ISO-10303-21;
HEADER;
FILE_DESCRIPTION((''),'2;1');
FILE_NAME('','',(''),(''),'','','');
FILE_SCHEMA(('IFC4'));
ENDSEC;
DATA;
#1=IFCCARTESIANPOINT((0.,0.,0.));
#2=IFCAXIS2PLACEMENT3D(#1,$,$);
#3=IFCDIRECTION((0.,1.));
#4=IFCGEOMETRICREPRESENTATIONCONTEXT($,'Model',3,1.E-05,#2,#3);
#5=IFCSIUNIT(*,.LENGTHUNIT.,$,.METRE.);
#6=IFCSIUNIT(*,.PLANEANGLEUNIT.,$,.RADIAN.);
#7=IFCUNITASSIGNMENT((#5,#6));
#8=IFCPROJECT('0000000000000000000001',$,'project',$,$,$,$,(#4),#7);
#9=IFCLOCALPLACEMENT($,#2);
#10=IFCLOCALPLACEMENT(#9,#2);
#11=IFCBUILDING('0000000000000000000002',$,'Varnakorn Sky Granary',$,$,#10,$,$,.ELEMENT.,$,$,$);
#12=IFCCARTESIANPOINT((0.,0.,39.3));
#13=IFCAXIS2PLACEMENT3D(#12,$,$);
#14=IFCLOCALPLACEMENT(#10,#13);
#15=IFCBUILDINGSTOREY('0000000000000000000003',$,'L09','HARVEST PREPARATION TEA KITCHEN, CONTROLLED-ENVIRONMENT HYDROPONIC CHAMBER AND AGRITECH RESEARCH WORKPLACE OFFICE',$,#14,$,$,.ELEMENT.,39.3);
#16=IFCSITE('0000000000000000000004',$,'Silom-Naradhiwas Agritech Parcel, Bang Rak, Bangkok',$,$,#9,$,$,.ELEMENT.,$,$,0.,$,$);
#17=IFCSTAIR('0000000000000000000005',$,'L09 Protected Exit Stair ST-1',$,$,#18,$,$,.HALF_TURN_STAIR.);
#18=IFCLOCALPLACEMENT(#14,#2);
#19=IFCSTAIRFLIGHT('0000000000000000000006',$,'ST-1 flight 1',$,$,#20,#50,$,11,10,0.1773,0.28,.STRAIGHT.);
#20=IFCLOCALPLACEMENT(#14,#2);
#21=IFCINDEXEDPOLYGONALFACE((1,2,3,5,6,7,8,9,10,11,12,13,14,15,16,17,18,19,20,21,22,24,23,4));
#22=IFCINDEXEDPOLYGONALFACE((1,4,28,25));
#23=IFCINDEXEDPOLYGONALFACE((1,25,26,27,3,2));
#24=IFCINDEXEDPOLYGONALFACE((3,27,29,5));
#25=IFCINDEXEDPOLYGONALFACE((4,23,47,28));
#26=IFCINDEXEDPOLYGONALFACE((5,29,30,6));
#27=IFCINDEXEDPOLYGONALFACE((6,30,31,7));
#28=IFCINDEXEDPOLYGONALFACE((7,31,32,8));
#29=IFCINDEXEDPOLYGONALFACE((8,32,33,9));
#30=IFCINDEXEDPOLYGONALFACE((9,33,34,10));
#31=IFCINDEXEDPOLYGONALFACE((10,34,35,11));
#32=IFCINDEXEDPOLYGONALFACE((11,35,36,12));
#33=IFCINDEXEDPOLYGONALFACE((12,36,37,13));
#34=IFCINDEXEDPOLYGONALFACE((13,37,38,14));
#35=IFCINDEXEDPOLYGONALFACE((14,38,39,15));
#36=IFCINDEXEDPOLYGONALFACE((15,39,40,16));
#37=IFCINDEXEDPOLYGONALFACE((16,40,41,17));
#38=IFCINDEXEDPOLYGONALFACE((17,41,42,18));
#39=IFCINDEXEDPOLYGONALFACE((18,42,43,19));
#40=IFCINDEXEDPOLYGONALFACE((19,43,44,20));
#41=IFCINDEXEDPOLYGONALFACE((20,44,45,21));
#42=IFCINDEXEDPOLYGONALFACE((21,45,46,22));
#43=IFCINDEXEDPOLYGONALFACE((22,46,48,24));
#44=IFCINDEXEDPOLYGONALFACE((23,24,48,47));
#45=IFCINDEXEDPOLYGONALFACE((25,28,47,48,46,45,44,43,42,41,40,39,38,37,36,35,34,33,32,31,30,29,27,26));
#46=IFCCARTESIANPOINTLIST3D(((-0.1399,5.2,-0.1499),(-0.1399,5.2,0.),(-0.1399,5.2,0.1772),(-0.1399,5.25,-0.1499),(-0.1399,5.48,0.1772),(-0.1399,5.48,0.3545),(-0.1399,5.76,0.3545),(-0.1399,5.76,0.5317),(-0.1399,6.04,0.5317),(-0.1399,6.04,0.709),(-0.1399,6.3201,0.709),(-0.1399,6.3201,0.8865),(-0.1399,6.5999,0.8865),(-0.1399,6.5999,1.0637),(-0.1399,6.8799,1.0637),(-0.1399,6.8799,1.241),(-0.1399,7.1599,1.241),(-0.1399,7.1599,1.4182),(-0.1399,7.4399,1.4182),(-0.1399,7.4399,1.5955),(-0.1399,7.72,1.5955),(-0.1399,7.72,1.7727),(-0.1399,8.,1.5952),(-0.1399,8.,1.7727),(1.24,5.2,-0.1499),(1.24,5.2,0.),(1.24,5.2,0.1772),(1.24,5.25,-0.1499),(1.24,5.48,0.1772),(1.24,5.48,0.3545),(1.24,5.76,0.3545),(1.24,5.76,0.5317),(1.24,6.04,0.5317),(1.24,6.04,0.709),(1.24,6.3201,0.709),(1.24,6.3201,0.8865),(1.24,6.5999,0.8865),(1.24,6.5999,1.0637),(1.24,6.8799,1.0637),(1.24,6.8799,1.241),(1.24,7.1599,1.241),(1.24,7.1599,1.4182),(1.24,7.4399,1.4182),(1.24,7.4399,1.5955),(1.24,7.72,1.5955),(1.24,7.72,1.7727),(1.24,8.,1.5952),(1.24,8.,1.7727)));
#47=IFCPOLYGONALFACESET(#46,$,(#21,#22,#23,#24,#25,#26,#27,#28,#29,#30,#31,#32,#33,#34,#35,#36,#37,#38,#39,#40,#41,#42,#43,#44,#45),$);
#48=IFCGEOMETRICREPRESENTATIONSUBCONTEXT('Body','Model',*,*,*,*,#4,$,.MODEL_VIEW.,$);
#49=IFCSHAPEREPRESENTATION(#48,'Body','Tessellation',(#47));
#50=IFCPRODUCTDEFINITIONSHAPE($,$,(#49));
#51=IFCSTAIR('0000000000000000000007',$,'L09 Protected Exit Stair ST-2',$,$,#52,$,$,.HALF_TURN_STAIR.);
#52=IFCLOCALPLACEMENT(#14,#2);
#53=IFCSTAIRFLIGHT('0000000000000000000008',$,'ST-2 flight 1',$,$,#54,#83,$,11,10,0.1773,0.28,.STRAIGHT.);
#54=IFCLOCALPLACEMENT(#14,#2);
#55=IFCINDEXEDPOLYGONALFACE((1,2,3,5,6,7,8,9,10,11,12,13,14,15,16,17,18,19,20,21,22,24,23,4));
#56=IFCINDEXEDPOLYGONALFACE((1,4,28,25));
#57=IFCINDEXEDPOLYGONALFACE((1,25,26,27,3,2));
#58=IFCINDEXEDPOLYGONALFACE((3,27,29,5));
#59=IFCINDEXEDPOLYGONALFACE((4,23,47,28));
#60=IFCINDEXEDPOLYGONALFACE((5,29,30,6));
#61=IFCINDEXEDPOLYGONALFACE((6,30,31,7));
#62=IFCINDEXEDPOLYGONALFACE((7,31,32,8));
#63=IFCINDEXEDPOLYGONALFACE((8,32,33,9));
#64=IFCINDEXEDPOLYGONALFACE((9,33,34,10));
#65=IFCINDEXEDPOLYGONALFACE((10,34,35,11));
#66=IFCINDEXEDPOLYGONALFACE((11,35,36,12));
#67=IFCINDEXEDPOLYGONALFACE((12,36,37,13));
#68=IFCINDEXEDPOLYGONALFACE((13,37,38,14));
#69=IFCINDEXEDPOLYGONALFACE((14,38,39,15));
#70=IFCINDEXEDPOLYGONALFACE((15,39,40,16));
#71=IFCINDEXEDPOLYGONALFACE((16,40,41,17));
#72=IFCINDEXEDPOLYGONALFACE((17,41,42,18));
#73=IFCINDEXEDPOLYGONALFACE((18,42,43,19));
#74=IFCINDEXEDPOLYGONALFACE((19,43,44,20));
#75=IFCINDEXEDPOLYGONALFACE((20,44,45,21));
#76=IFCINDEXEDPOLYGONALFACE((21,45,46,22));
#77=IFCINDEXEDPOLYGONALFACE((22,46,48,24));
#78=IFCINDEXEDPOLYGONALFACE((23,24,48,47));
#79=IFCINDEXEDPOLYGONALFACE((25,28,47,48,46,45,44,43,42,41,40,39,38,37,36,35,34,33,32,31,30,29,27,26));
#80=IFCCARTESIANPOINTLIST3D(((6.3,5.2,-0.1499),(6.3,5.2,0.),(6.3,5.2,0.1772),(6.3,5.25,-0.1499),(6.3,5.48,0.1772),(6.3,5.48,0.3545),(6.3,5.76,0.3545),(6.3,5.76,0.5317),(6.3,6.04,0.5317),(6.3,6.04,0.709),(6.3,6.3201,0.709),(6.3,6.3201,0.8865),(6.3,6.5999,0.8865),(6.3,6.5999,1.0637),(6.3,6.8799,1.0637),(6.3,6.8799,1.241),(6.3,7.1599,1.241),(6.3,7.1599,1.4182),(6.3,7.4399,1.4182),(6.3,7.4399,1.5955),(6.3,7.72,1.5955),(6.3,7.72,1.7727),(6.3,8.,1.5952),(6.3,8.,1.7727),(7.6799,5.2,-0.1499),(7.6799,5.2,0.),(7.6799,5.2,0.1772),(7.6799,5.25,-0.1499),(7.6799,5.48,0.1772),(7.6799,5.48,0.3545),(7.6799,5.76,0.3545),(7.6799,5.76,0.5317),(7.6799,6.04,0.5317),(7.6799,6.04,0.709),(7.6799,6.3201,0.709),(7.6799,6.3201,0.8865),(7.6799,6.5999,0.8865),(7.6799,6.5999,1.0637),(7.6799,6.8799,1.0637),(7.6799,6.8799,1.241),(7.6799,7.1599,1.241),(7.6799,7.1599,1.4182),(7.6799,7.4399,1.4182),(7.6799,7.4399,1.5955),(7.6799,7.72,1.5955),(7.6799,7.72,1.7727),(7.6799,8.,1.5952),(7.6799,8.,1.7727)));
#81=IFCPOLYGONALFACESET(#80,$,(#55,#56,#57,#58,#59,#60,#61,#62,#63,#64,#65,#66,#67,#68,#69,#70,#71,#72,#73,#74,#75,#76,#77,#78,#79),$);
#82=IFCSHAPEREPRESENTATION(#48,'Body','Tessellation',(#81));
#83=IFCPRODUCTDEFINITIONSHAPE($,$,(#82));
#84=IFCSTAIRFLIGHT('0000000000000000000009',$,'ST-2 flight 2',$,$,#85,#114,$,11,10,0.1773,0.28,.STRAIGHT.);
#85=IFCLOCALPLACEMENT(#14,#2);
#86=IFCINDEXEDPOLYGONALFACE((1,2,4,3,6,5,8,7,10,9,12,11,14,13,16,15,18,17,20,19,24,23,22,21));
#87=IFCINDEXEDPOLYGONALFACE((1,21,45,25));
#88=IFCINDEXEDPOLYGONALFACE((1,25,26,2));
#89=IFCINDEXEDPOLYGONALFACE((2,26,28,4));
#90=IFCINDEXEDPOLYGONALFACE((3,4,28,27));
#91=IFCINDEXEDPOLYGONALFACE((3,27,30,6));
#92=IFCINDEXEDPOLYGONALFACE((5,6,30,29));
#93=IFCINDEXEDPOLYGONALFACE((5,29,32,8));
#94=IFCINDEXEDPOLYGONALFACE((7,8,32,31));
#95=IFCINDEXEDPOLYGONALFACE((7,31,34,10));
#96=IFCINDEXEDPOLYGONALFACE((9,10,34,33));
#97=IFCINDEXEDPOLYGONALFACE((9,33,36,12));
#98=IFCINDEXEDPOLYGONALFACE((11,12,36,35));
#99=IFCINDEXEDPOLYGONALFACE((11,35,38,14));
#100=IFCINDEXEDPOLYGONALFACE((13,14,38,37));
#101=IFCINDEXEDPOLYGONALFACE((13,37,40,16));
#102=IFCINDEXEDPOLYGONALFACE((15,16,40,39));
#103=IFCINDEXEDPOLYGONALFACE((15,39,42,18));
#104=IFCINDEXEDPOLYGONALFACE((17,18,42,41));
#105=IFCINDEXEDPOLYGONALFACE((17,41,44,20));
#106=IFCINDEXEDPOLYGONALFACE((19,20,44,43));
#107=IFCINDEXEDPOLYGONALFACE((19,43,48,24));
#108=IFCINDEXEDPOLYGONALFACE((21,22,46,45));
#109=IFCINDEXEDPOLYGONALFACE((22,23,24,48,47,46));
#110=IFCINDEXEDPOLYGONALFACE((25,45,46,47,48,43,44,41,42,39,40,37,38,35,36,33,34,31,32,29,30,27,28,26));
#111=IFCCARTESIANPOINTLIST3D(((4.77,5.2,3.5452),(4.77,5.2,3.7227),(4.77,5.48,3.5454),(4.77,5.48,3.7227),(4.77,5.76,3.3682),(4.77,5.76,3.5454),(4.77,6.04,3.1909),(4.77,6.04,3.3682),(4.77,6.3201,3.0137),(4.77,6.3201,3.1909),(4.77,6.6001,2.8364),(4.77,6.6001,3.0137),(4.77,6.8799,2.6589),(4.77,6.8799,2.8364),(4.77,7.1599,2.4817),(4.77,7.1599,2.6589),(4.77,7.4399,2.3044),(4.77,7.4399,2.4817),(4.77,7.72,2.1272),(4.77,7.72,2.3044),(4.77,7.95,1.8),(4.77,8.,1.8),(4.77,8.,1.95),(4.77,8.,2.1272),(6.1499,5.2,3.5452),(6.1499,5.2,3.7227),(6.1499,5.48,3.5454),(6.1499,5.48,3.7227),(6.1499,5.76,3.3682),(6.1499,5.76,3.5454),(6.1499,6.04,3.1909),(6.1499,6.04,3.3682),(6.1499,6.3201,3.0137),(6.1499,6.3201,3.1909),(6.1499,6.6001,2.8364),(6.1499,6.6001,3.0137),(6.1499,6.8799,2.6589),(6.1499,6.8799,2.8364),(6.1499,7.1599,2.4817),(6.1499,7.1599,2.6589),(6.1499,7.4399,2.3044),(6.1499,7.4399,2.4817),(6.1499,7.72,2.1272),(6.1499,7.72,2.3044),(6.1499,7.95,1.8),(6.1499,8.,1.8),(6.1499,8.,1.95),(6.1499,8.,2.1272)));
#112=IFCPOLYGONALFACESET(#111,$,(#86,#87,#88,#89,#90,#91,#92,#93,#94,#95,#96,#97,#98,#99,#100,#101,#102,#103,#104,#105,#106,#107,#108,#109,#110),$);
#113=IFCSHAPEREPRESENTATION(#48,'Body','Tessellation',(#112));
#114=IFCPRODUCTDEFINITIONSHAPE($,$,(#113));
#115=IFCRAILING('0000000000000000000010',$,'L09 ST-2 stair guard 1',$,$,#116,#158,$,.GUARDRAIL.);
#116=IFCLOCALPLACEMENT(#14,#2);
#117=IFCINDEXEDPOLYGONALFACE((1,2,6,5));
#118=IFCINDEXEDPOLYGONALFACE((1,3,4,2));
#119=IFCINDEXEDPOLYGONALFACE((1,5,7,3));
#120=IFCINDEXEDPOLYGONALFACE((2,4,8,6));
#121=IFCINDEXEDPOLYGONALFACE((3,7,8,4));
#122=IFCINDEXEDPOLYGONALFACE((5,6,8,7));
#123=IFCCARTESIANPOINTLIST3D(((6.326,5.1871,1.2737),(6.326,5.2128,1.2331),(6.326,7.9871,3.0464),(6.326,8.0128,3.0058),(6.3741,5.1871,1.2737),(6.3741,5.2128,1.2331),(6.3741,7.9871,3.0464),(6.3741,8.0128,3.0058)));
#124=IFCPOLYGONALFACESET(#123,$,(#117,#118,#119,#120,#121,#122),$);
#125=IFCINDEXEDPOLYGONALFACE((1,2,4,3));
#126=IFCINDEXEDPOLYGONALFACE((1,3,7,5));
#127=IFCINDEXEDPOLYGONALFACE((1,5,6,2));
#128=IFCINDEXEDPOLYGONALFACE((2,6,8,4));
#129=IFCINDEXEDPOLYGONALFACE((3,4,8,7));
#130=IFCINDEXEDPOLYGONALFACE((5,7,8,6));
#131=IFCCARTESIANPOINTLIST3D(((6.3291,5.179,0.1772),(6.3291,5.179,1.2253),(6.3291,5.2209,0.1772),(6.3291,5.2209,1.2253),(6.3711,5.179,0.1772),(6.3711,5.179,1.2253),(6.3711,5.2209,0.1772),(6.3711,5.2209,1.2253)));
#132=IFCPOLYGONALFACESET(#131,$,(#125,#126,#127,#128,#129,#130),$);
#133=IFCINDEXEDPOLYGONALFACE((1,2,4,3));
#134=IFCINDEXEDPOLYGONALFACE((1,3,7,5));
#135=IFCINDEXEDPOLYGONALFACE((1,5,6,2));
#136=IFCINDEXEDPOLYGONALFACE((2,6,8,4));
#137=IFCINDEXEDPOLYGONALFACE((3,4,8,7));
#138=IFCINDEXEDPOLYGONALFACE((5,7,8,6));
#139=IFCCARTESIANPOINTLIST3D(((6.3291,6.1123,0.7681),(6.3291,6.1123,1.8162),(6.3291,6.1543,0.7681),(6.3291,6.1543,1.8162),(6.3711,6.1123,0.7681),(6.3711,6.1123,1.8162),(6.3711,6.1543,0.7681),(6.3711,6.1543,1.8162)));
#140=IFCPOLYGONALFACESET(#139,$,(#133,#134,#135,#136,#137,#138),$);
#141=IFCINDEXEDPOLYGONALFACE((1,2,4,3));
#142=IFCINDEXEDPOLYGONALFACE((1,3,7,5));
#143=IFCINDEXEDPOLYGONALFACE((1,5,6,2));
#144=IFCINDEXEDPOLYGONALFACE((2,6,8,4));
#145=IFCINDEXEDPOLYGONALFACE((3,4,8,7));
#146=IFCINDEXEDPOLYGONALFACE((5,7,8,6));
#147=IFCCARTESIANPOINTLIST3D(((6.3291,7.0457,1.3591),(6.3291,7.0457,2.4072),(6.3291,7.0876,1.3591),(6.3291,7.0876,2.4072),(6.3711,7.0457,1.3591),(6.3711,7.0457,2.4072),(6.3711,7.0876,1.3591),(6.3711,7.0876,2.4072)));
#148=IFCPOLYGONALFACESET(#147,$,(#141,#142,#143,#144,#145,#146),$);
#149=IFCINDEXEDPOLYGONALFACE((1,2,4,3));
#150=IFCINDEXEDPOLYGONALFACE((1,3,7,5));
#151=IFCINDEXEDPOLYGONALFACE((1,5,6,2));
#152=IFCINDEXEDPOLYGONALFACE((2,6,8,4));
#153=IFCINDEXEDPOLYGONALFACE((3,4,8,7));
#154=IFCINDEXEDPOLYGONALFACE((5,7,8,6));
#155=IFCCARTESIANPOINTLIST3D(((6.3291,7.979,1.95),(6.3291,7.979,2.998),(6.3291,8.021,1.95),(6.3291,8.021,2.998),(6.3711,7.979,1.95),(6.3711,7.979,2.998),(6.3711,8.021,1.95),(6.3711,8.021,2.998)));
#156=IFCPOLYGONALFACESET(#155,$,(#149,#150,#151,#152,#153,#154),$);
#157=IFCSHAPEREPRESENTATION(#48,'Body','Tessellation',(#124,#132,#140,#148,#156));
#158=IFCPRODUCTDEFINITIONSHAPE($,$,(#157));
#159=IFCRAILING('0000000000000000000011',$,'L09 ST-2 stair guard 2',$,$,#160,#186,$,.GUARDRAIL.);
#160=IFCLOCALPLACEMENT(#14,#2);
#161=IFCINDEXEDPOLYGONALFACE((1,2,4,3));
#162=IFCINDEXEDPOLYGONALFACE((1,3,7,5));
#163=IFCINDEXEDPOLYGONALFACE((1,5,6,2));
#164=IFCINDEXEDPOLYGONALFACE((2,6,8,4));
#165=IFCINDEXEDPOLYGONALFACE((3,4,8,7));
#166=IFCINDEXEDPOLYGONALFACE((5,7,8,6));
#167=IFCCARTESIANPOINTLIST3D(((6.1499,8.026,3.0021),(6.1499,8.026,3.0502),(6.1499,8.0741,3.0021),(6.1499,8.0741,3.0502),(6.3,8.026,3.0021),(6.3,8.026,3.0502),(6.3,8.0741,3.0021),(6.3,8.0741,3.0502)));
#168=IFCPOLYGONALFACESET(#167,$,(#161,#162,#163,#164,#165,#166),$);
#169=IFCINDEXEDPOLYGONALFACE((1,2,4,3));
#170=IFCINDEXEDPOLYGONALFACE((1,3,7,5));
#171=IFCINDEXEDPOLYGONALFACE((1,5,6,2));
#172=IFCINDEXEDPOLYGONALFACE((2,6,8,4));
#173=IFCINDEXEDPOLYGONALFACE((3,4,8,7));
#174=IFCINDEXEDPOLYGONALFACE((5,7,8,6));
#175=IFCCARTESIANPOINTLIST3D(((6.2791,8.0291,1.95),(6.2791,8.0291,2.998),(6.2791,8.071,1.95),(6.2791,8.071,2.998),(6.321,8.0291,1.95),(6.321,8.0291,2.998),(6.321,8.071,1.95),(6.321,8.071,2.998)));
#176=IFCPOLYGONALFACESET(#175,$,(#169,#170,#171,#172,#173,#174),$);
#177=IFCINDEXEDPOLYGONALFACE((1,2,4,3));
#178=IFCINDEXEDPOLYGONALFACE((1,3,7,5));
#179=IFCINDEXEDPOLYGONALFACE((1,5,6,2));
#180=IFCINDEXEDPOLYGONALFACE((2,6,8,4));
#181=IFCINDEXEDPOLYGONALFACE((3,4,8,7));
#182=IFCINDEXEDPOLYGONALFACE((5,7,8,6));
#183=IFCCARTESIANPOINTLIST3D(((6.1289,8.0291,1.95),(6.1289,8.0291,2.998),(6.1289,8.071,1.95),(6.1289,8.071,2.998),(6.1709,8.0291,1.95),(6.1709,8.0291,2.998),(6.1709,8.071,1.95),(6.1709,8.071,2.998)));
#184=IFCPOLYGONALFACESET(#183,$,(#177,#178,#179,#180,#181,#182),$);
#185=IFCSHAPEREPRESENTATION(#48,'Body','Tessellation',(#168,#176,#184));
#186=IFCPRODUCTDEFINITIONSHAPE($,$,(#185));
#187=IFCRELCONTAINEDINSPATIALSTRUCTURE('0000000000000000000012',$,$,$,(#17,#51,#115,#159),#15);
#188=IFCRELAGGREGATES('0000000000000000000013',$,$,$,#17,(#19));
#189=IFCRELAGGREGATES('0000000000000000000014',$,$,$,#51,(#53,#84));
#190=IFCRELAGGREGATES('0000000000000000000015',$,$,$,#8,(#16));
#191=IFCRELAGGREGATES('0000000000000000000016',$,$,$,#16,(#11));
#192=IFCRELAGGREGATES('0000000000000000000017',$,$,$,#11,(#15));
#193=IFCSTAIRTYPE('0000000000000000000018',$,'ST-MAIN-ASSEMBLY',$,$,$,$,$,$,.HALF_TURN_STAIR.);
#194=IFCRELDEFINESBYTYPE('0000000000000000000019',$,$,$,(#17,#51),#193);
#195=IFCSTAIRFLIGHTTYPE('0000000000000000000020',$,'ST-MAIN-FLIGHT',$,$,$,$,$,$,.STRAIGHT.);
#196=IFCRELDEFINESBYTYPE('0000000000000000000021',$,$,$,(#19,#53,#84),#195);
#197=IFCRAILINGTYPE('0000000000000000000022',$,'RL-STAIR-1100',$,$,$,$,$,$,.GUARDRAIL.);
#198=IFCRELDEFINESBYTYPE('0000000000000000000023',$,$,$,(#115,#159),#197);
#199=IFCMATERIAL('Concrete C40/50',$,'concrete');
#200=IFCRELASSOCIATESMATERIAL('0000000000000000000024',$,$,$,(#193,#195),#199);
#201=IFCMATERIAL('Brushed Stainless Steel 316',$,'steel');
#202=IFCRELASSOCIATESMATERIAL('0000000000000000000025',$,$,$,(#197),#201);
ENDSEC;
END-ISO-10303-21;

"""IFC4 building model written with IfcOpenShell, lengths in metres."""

from ifc_helpers import new_model, si_unit, direction, frame, origin, origin_2d, place, context, subcontext, project, spatial, polyline, rectangle, outline, extrude, material, type_object, element, aggregate, save


model = new_model("IFC4")

# Units and contexts
model_context = context("Model", 3, precision=1e-05, world=origin(), true_north=direction((0.0, 1.0)))
body_context = subcontext(model_context, "Body", "Model", "MODEL_VIEW")
ifc_project = project(units=[si_unit("LENGTHUNIT", "METRE"), si_unit("PLANEANGLEUNIT", "RADIAN")], contexts=[model_context])

# Site, building, storey
site_placement = place(None, origin())
site = spatial("IfcSite", under=ifc_project, at=site_placement, Name="Silom-Naradhiwas Agritech Parcel, Bang Rak, Bangkok", CompositionType="ELEMENT", RefElevation=0.0)
building_placement = place(site_placement, origin())
building = spatial("IfcBuilding", under=site, at=building_placement, Name="Varnakorn Sky Granary", CompositionType="ELEMENT")
storey_placement = place(building_placement, frame((0.0, 0.0, 39.3)))
storey = spatial("IfcBuildingStorey", under=building, at=storey_placement, Name="L09", Description="HARVEST PREPARATION TEA KITCHEN, CONTROLLED-ENVIRONMENT HYDROPONIC CHAMBER AND AGRITECH RESEARCH WORKPLACE OFFICE", CompositionType="ELEMENT", Elevation=39.3)

# Stair, stair flight
ifc_material_1 = material(Name="Concrete C40/50", Category="concrete")
stair_type = type_object("IfcStairType", Name="ST-MAIN-ASSEMBLY", PredefinedType="HALF_TURN_STAIR", material=ifc_material_1)
stair_1_placement = place(storey_placement, origin())
stair_1 = element("IfcStair", 1, at=stair_1_placement, inside=storey, type_object=stair_type, Name="L09 Protected Exit Stair ST-1", PredefinedType="HALF_TURN_STAIR")
stair_flight_type = type_object("IfcStairFlightType", Name="ST-MAIN-FLIGHT", PredefinedType="STRAIGHT", material=ifc_material_1)
stair_flight_1_placement = place(storey_placement, frame((0.55, 5.2, 0.0), z_axis=(0.0, 0.0, 1.0), x_axis=(0.0, 1.0, 0.0)))
stair_flight_1 = element("IfcStairFlight", 2, at=stair_flight_1_placement, type_object=stair_flight_type, Name="ST-1 flight 1", NumberOfRisers=11, NumberOfTreads=10, PredefinedType="STRAIGHT", RiserHeight=0.1773, TreadLength=0.28, context=body_context, shape_type="SweptSolid", body=[
    extrude(outline(polyline([(0.0, -0.1499), (0.0, 0.0), (0.0, 0.1772), (0.28, 0.1772), (0.28, 0.3545), (0.5601, 0.3545), (0.5601, 0.5317), (0.8401, 0.5317), (0.8401, 0.709), (1.1201, 0.709), (1.1201, 0.8865), (1.3999, 0.8865), (1.3999, 1.0637), (1.6799, 1.0637), (1.6799, 1.241), (1.96, 1.241), (1.96, 1.4182), (2.24, 1.4182), (2.24, 1.5955), (2.52, 1.5955), (2.52, 1.7727), (2.8, 1.7727), (2.8, 1.95), (2.8, 1.5952), (0.05, -0.1499), (0.0, -0.1499)])), frame((0.0, 0.6899, 0.0), z_axis=(0.0, -1.0, 0.0), x_axis=(1.0, 0.0, 0.0)), (0.0, 0.0, 1.0), 1.3799),
])
aggregate(stair_1, [stair_flight_1])

# Stair, stair flights
stair_2_placement = place(storey_placement, origin())
stair_2 = element("IfcStair", 3, at=stair_2_placement, inside=storey, type_object=stair_type, Name="L09 Protected Exit Stair ST-2", PredefinedType="HALF_TURN_STAIR")
stair_flight_2_placement = place(storey_placement, frame((6.99, 5.2, 0.0), z_axis=(0.0, 0.0, 1.0), x_axis=(0.0, 1.0, 0.0)))
stair_flight_2 = element("IfcStairFlight", 4, at=stair_flight_2_placement, type_object=stair_flight_type, Name="ST-2 flight 1", NumberOfRisers=11, NumberOfTreads=10, PredefinedType="STRAIGHT", RiserHeight=0.1773, TreadLength=0.28, context=body_context, shape_type="SweptSolid", body=[
    extrude(outline(polyline([(0.0, -0.1499), (0.0, 0.0), (0.0, 0.1772), (0.28, 0.1772), (0.28, 0.3545), (0.5601, 0.3545), (0.5601, 0.5317), (0.8401, 0.5317), (0.8401, 0.709), (1.1201, 0.709), (1.1201, 0.8865), (1.3999, 0.8865), (1.3999, 1.0637), (1.6799, 1.0637), (1.6799, 1.241), (1.96, 1.241), (1.96, 1.4182), (2.24, 1.4182), (2.24, 1.5955), (2.52, 1.5955), (2.52, 1.7727), (2.8, 1.7727), (2.8, 1.95), (2.8, 1.5952), (0.05, -0.1499), (0.0, -0.1499)])), frame((0.0, 0.6899, 0.0), z_axis=(0.0, -1.0, 0.0), x_axis=(1.0, 0.0, 0.0)), (0.0, 0.0, 1.0), 1.3799),
])
stair_flight_3_placement = place(storey_placement, frame((5.46, 8.0, 1.95), z_axis=(0.0, 0.0, 1.0), x_axis=(0.0, -1.0, 0.0)))
stair_flight_3 = element("IfcStairFlight", 5, at=stair_flight_3_placement, type_object=stair_flight_type, Name="ST-2 flight 2", NumberOfRisers=11, NumberOfTreads=10, PredefinedType="STRAIGHT", RiserHeight=0.1773, TreadLength=0.28, context=body_context, shape_type="SweptSolid", body=[
    extrude(outline(polyline([(0.0, -0.1499), (0.0, 0.0), (0.0, 0.1772), (0.28, 0.1772), (0.28, 0.3545), (0.5601, 0.3545), (0.5601, 0.5317), (0.8401, 0.5317), (0.8401, 0.709), (1.1201, 0.709), (1.1201, 0.8865), (1.3999, 0.8865), (1.3999, 1.0637), (1.6799, 1.0637), (1.6799, 1.241), (1.96, 1.241), (1.96, 1.4182), (2.24, 1.4182), (2.24, 1.5955), (2.52, 1.5955), (2.52, 1.7727), (2.8, 1.7727), (2.8, 1.95), (2.8, 1.5952), (0.05, -0.1499), (0.0, -0.1499)])), frame((0.0, 0.6899, 0.0), z_axis=(0.0, -1.0, 0.0), x_axis=(1.0, 0.0, 0.0)), (0.0, 0.0, 1.0), 1.3799),
])
aggregate(stair_2, [stair_flight_2, stair_flight_3])

# Railings
ifc_material_2 = material(Name="Brushed Stainless Steel 316", Category="steel")
railing_type_1 = type_object("IfcRailingType", Name="RL-STAIR-1100", PredefinedType="GUARDRAIL", material=ifc_material_2)
railing_1_placement = place(storey_placement, frame((6.3501, 5.2, 0.1772)))
element("IfcRailing", 6, at=railing_1_placement, inside=storey, type_object=railing_type_1, Name="L09 ST-2 stair guard 1", PredefinedType="GUARDRAIL", context=body_context, shape_type="SweptSolid", body=[
    extrude(rectangle(XDim=0.0481, YDim=0.0481, at=origin_2d()), frame((0.0, 0.0, 1.0762), z_axis=(0.0, 0.844909, 0.53491), x_axis=(-1.0, 0.0, 0.0)), (0.0, 0.0, 1.0), 3.314),
    extrude(rectangle(XDim=0.042, YDim=0.042, at=origin_2d()), origin(), (0.0, 0.0, 1.0), 1.0481),
    extrude(rectangle(XDim=0.042, YDim=0.042, at=origin_2d()), frame((0.0, 0.9333, 0.5908)), (0.0, 0.0, 1.0), 1.0481),
    extrude(rectangle(XDim=0.042, YDim=0.042, at=origin_2d()), frame((0.0, 1.8667, 1.1819)), (0.0, 0.0, 1.0), 1.0481),
    extrude(rectangle(XDim=0.042, YDim=0.042, at=origin_2d()), frame((0.0, 2.8, 1.7727)), (0.0, 0.0, 1.0), 1.0481),
])
railing_2_placement = place(storey_placement, frame((6.3, 8.05, 1.95)))
element("IfcRailing", 7, at=railing_2_placement, inside=storey, type_object=railing_type_1, Name="L09 ST-2 stair guard 2", PredefinedType="GUARDRAIL", context=body_context, shape_type="SweptSolid", body=[
    extrude(rectangle(XDim=0.0481, YDim=0.0481, at=origin_2d()), frame((0.0, 0.0, 1.0762), z_axis=(-1.0, 0.0, 0.0), x_axis=(0.0, -1.0, 0.0)), (0.0, 0.0, 1.0), 0.1501),
    extrude(rectangle(XDim=0.042, YDim=0.042, at=origin_2d()), origin(), (0.0, 0.0, 1.0), 1.0481),
    extrude(rectangle(XDim=0.042, YDim=0.042, at=origin_2d()), frame((-0.1501, 0.0, 0.0)), (0.0, 0.0, 1.0), 1.0481),
])

save(model, "model.ifc")
